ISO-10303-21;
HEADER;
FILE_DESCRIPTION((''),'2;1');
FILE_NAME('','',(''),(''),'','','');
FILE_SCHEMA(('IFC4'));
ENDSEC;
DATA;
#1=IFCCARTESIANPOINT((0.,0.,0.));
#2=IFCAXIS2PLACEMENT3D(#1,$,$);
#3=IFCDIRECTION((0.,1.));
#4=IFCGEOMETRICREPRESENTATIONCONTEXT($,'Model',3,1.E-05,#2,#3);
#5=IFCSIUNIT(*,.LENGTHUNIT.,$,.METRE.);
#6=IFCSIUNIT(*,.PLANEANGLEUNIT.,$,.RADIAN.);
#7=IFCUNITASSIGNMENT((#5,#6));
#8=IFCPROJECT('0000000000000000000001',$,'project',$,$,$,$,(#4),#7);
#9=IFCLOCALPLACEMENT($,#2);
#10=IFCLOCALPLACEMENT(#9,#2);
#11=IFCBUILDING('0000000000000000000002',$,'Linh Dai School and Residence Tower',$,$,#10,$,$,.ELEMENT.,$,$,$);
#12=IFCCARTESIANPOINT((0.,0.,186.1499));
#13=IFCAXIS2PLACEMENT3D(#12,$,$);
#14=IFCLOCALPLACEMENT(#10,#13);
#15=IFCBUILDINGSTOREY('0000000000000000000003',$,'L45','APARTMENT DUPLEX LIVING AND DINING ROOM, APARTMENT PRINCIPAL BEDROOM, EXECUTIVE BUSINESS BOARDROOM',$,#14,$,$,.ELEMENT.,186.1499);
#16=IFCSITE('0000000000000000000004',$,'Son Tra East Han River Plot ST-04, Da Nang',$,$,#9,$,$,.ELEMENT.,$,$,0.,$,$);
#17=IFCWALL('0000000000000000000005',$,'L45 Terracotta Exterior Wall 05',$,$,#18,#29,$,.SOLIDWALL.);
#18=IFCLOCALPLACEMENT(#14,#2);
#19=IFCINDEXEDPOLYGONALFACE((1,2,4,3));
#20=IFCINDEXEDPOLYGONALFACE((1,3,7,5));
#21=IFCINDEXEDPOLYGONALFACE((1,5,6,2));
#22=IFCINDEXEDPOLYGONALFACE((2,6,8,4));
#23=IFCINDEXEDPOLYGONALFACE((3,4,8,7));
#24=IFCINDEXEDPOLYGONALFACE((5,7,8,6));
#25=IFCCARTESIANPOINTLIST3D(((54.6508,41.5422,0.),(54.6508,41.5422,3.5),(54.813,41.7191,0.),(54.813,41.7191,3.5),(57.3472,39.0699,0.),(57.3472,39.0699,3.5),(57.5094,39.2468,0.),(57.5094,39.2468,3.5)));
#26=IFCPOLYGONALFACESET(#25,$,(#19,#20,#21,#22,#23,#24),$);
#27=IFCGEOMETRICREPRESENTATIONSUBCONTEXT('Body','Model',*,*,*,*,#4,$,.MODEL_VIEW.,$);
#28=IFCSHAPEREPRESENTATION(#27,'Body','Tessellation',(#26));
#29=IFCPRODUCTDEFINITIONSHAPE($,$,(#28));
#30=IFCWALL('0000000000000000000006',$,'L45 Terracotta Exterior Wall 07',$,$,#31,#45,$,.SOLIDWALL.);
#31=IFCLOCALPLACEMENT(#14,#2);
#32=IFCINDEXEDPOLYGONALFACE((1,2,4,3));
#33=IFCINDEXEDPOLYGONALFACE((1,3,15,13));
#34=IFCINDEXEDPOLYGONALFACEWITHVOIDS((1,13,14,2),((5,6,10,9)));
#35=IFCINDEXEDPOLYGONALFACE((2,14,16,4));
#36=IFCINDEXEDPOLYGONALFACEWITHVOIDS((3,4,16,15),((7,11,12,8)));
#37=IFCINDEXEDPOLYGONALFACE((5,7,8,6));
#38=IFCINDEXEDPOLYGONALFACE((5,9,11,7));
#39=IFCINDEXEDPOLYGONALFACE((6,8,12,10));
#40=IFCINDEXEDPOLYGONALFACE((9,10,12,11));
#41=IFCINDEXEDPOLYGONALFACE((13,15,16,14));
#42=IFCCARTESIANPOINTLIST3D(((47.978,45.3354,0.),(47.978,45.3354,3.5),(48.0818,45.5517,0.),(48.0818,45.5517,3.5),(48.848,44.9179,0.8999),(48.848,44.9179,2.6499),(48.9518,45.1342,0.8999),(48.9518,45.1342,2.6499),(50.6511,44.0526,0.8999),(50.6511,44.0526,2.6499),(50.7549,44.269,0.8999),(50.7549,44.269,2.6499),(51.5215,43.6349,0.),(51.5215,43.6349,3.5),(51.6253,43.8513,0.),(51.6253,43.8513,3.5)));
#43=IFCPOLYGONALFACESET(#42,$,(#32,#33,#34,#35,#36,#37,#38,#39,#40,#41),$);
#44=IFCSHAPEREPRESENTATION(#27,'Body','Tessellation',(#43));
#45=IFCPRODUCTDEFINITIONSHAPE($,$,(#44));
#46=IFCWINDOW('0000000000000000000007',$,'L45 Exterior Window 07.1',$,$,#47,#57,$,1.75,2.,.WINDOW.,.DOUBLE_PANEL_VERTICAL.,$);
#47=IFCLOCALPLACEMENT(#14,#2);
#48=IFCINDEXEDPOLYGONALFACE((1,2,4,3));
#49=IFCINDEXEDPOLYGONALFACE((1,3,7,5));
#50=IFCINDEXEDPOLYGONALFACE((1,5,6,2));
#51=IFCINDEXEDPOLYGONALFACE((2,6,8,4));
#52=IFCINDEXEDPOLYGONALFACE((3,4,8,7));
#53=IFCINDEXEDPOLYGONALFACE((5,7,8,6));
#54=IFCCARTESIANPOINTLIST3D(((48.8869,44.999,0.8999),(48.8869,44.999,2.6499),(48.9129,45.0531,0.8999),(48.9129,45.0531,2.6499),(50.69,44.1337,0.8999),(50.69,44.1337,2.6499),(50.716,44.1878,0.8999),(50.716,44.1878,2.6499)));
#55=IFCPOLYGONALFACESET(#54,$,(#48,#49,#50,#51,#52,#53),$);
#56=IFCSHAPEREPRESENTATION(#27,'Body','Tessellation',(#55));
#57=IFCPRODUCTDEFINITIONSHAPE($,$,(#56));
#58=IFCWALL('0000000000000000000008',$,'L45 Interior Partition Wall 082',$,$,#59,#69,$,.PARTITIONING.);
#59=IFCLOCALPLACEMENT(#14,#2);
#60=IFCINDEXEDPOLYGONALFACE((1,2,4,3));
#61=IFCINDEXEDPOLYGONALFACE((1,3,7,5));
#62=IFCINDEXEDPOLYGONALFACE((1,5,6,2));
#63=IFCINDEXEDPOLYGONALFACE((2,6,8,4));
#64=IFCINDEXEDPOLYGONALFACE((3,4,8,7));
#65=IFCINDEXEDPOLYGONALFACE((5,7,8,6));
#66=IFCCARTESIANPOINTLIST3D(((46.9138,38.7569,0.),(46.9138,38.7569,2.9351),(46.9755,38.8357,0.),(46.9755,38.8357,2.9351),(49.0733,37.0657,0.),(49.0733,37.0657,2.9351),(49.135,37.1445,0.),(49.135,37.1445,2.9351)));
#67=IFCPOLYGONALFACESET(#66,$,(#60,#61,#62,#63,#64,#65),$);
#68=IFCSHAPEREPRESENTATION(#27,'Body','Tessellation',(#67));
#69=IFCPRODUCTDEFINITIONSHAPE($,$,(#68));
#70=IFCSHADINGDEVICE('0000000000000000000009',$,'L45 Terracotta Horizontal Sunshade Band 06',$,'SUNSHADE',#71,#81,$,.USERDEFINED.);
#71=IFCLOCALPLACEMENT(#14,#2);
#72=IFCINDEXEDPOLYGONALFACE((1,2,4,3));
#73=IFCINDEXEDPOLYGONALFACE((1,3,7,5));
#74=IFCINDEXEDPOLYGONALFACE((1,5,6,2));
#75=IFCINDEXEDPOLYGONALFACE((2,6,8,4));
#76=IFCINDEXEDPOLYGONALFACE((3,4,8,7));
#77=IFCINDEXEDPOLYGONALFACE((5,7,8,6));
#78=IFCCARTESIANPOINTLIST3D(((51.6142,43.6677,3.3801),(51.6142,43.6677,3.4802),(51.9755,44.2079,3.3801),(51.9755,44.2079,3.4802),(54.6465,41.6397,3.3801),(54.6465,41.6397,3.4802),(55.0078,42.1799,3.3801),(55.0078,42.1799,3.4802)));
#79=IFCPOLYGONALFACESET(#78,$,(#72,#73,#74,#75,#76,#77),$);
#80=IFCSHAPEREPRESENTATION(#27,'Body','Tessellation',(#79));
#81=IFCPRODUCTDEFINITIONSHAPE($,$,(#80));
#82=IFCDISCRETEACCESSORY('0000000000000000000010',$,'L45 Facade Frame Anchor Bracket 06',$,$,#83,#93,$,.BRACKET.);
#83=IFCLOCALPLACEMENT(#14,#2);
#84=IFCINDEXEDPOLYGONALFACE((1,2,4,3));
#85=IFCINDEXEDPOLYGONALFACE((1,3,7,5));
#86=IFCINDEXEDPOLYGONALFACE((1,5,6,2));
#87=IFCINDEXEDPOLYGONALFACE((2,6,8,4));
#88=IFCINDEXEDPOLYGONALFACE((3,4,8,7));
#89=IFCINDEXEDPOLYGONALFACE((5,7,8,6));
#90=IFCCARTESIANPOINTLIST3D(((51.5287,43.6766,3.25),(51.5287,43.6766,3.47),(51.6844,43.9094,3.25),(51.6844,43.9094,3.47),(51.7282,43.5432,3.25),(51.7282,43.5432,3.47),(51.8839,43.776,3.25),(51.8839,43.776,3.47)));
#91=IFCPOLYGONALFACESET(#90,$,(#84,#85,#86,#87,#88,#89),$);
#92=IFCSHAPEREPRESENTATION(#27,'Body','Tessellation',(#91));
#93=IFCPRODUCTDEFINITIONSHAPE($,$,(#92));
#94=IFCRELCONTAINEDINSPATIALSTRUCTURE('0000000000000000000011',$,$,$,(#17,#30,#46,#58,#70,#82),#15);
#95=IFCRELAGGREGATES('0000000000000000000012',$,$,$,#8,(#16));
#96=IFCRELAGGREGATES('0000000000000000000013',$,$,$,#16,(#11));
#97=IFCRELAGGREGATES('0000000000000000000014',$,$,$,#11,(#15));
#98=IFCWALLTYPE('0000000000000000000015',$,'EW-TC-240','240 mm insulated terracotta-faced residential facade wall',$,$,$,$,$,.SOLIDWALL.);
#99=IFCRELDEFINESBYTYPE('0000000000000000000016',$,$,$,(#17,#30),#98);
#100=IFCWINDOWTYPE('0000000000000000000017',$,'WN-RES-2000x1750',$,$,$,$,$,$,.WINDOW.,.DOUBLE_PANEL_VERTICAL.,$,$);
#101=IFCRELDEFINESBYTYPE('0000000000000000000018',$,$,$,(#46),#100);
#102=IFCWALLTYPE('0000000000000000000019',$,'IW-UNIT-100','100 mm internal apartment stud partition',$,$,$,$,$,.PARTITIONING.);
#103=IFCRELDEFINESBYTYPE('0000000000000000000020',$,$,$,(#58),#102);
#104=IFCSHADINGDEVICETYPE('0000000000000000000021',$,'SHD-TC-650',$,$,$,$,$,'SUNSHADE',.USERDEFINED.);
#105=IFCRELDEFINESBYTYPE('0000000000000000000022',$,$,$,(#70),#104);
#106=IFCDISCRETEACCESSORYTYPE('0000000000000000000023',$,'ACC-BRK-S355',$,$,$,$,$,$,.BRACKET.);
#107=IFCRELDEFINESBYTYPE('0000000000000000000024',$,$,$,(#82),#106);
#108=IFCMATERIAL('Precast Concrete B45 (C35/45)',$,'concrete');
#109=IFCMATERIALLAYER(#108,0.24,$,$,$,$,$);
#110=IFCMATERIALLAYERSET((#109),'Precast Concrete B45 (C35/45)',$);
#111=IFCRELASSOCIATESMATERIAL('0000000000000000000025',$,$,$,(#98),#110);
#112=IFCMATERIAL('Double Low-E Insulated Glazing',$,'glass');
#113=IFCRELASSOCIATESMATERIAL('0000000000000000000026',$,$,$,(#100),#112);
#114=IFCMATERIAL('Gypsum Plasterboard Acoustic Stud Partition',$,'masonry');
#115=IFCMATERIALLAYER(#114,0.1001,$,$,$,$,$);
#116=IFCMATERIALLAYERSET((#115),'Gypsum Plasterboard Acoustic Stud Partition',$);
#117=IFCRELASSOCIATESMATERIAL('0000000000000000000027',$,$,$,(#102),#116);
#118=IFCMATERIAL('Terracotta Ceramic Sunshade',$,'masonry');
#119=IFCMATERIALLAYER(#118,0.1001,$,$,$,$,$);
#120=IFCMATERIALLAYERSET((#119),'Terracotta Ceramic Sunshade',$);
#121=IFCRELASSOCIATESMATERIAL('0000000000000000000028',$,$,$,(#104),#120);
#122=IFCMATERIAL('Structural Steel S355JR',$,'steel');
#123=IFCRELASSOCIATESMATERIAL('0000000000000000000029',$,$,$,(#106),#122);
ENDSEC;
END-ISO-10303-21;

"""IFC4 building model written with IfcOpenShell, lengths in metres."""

from ifc_helpers import new_model, si_unit, direction, frame, frame_2d, origin, origin_2d, place, context, subcontext, project, spatial, rectangle, extrude, source, transform, mapped, material, layer, layer_set, type_object, element, fill, save


model = new_model("IFC4")

# Units and contexts
model_context = context("Model", 3, precision=1e-05, world=origin(), true_north=direction((0.0, 1.0)))
body_context = subcontext(model_context, "Body", "Model", "MODEL_VIEW")
ifc_project = project(units=[si_unit("LENGTHUNIT", "METRE"), si_unit("PLANEANGLEUNIT", "RADIAN")], contexts=[model_context])

# Site, building, storey
site_placement = place(None, origin())
site = spatial("IfcSite", under=ifc_project, at=site_placement, Name="Son Tra East Han River Plot ST-04, Da Nang", CompositionType="ELEMENT", RefElevation=0.0)
building_placement = place(site_placement, origin())
building = spatial("IfcBuilding", under=site, at=building_placement, Name="Linh Dai School and Residence Tower", CompositionType="ELEMENT")
storey_placement = place(building_placement, frame((0.0, 0.0, 186.1499)))
storey = spatial("IfcBuildingStorey", under=building, at=storey_placement, Name="L45", Description="APARTMENT DUPLEX LIVING AND DINING ROOM, APARTMENT PRINCIPAL BEDROOM, EXECUTIVE BUSINESS BOARDROOM", CompositionType="ELEMENT", Elevation=186.1499)

# Shared definitions
ifc_material_1 = material(Name="Structural Steel S355JR", Category="steel")

# Shared definitions
ifc_material_2 = material(Name="Precast Concrete B45 (C35/45)", Category="concrete")
ifc_material_3 = material(Name="Double Low-E Insulated Glazing", Category="glass")

# Shared definitions
ifc_layer_1 = layer(ifc_material_2, 0.24)
ifc_layer_set_1 = layer_set([ifc_layer_1], Name="Precast Concrete B45 (C35/45)")
wall_type_1 = type_object("IfcWallType", Name="EW-TC-240", Description="240 mm insulated terracotta-faced residential facade wall", PredefinedType="SOLIDWALL", material=ifc_layer_set_1)
window_type = type_object("IfcWindowType", Name="WN-RES-2000x1750", PartitioningType="DOUBLE_PANEL_VERTICAL", PredefinedType="WINDOW", material=ifc_material_3)
shared_shape_1 = source(origin(), body_context, "Body", "SweptSolid", [
    extrude(rectangle(XDim=2.0, YDim=1.75, at=origin_2d()), frame((1.0, 0.03, 0.875), z_axis=(0.0, -1.0, 0.0), x_axis=(1.0, 0.0, 0.0)), (0.0, 0.0, 1.0), 0.0601),
])

# Wall
wall_1_placement = place(storey_placement, frame((54.7319, 41.6306, 0.0), z_axis=(0.0, 0.0, 1.0), x_axis=(0.737077, -0.675809, 0.0)))
element("IfcWall", 1, at=wall_1_placement, inside=storey, type_object=wall_type_1, Name="L45 Terracotta Exterior Wall 05", PredefinedType="SOLIDWALL", context=body_context, shape_type="SweptSolid", body=[
    extrude(rectangle(XDim=3.6582, YDim=0.24, at=frame_2d((1.8291, 0.0))), origin(), (0.0, 0.0, 1.0), 3.5),
])

# Wall, opening, window
wall_2_placement = place(storey_placement, frame((48.0298, 45.4436, 0.0), z_axis=(0.0, 0.0, 1.0), x_axis=(0.901565, -0.432644, 0.0)))
wall_2 = element("IfcWall", 2, at=wall_2_placement, inside=storey, type_object=wall_type_1, Name="L45 Terracotta Exterior Wall 07", PredefinedType="SOLIDWALL", context=body_context, shape_type="SweptSolid", body=[
    extrude(rectangle(XDim=3.9304, YDim=0.24, at=frame_2d((1.9653, 0.0))), origin(), (0.0, 0.0, 1.0), 3.5),
])
opening_1_placement = place(wall_2_placement, frame((0.9651, 0.0, 0.8999)))
opening_1 = element("IfcOpeningElement", 3, at=opening_1_placement, cuts=wall_2, PredefinedType="OPENING", context=body_context, shape_type="SweptSolid", body=[
    extrude(rectangle(XDim=2.0, YDim=1.75, at=origin_2d()), frame((1.0, 0.1299, 0.875), z_axis=(0.0, -1.0, 0.0), x_axis=(1.0, 0.0, 0.0)), (0.0, 0.0, 1.0), 0.26),
])
window_1_placement = place(opening_1_placement, origin())
window_1 = element("IfcWindow", 4, at=window_1_placement, inside=storey, type_object=window_type, Name="L45 Exterior Window 07.1", OverallHeight=1.75, OverallWidth=2.0, PartitioningType="DOUBLE_PANEL_VERTICAL", PredefinedType="WINDOW", context=body_context, shape_type="MappedRepresentation", body=[
    mapped(shared_shape_1, transform((0.0, 0.0, 0.0), x_axis=(1.0, 0.0, 0.0), y_axis=(0.0, 1.0, 0.0), z_axis=(0.0, 0.0, 1.0), scale=1.0)),
])
fill(opening_1, window_1)

# Wall
ifc_material_4 = material(Name="Gypsum Plasterboard Acoustic Stud Partition", Category="masonry")
ifc_layer_2 = layer(ifc_material_4, 0.1001)
ifc_layer_set_2 = layer_set([ifc_layer_2], Name="Gypsum Plasterboard Acoustic Stud Partition")
wall_type_2 = type_object("IfcWallType", Name="IW-UNIT-100", Description="100 mm internal apartment stud partition", PredefinedType="PARTITIONING", material=ifc_layer_set_2)
wall_3_placement = place(storey_placement, frame((46.9446, 38.7964, 0.0), z_axis=(0.0, 0.0, 1.0), x_axis=(0.787296, -0.616575, 0.0)))
element("IfcWall", 5, at=wall_3_placement, inside=storey, type_object=wall_type_2, Name="L45 Interior Partition Wall 082", PredefinedType="PARTITIONING", context=body_context, shape_type="SweptSolid", body=[
    extrude(rectangle(XDim=2.7429, YDim=0.1001, at=frame_2d((1.3716, 0.0))), origin(), (0.0, 0.0, 1.0), 2.9351),
])

# Shading device
ifc_material_5 = material(Name="Terracotta Ceramic Sunshade", Category="masonry")
ifc_layer_3 = layer(ifc_material_5, 0.1001)
ifc_layer_set_3 = layer_set([ifc_layer_3], Name="Terracotta Ceramic Sunshade")
shading_device_type = type_object("IfcShadingDeviceType", Name="SHD-TC-650", ElementType="SUNSHADE", PredefinedType="USERDEFINED", material=ifc_layer_set_3)
shared_shape_2 = source(origin(), body_context, "Body", "SweptSolid", [
    extrude(rectangle(XDim=3.6479, YDim=0.6499, at=origin_2d()), origin(), (0.0, 0.0, 1.0), 0.1001),
])
shading_device_placement = place(storey_placement, frame((53.311, 42.9238, 3.3801), z_axis=(0.0, 0.0, 1.0), x_axis=(0.831228, -0.555931, 0.0)))
element("IfcShadingDevice", 6, at=shading_device_placement, inside=storey, type_object=shading_device_type, Name="L45 Terracotta Horizontal Sunshade Band 06", ObjectType="SUNSHADE", PredefinedType="USERDEFINED", context=body_context, shape_type="MappedRepresentation", body=[
    mapped(shared_shape_2, transform((0.0, 0.0, 0.0), x_axis=(1.0, 0.0, 0.0), y_axis=(0.0, 1.0, 0.0), z_axis=(0.0, 0.0, 1.0), scale=1.0)),
])

# Discrete accessory
discrete_accessory_type = type_object("IfcDiscreteAccessoryType", Name="ACC-BRK-S355", PredefinedType="BRACKET", material=ifc_material_1)
shared_shape_3 = source(origin(), body_context, "Body", "SweptSolid", [
    extrude(rectangle(XDim=0.28, YDim=0.24, at=origin_2d()), origin(), (0.0, 0.0, 1.0), 0.22),
])
discrete_accessory_placement = place(storey_placement, frame((51.7063, 43.7263, 3.25), z_axis=(0.0, 0.0, 1.0), x_axis=(0.555931, 0.831228, 0.0)))
element("IfcDiscreteAccessory", 7, at=discrete_accessory_placement, inside=storey, type_object=discrete_accessory_type, Name="L45 Facade Frame Anchor Bracket 06", PredefinedType="BRACKET", context=body_context, shape_type="MappedRepresentation", body=[
    mapped(shared_shape_3, transform((0.0, 0.0, 0.0), x_axis=(1.0, 0.0, 0.0), y_axis=(0.0, 1.0, 0.0), z_axis=(0.0, 0.0, 1.0), scale=1.0)),
])

save(model, "model.ifc")
